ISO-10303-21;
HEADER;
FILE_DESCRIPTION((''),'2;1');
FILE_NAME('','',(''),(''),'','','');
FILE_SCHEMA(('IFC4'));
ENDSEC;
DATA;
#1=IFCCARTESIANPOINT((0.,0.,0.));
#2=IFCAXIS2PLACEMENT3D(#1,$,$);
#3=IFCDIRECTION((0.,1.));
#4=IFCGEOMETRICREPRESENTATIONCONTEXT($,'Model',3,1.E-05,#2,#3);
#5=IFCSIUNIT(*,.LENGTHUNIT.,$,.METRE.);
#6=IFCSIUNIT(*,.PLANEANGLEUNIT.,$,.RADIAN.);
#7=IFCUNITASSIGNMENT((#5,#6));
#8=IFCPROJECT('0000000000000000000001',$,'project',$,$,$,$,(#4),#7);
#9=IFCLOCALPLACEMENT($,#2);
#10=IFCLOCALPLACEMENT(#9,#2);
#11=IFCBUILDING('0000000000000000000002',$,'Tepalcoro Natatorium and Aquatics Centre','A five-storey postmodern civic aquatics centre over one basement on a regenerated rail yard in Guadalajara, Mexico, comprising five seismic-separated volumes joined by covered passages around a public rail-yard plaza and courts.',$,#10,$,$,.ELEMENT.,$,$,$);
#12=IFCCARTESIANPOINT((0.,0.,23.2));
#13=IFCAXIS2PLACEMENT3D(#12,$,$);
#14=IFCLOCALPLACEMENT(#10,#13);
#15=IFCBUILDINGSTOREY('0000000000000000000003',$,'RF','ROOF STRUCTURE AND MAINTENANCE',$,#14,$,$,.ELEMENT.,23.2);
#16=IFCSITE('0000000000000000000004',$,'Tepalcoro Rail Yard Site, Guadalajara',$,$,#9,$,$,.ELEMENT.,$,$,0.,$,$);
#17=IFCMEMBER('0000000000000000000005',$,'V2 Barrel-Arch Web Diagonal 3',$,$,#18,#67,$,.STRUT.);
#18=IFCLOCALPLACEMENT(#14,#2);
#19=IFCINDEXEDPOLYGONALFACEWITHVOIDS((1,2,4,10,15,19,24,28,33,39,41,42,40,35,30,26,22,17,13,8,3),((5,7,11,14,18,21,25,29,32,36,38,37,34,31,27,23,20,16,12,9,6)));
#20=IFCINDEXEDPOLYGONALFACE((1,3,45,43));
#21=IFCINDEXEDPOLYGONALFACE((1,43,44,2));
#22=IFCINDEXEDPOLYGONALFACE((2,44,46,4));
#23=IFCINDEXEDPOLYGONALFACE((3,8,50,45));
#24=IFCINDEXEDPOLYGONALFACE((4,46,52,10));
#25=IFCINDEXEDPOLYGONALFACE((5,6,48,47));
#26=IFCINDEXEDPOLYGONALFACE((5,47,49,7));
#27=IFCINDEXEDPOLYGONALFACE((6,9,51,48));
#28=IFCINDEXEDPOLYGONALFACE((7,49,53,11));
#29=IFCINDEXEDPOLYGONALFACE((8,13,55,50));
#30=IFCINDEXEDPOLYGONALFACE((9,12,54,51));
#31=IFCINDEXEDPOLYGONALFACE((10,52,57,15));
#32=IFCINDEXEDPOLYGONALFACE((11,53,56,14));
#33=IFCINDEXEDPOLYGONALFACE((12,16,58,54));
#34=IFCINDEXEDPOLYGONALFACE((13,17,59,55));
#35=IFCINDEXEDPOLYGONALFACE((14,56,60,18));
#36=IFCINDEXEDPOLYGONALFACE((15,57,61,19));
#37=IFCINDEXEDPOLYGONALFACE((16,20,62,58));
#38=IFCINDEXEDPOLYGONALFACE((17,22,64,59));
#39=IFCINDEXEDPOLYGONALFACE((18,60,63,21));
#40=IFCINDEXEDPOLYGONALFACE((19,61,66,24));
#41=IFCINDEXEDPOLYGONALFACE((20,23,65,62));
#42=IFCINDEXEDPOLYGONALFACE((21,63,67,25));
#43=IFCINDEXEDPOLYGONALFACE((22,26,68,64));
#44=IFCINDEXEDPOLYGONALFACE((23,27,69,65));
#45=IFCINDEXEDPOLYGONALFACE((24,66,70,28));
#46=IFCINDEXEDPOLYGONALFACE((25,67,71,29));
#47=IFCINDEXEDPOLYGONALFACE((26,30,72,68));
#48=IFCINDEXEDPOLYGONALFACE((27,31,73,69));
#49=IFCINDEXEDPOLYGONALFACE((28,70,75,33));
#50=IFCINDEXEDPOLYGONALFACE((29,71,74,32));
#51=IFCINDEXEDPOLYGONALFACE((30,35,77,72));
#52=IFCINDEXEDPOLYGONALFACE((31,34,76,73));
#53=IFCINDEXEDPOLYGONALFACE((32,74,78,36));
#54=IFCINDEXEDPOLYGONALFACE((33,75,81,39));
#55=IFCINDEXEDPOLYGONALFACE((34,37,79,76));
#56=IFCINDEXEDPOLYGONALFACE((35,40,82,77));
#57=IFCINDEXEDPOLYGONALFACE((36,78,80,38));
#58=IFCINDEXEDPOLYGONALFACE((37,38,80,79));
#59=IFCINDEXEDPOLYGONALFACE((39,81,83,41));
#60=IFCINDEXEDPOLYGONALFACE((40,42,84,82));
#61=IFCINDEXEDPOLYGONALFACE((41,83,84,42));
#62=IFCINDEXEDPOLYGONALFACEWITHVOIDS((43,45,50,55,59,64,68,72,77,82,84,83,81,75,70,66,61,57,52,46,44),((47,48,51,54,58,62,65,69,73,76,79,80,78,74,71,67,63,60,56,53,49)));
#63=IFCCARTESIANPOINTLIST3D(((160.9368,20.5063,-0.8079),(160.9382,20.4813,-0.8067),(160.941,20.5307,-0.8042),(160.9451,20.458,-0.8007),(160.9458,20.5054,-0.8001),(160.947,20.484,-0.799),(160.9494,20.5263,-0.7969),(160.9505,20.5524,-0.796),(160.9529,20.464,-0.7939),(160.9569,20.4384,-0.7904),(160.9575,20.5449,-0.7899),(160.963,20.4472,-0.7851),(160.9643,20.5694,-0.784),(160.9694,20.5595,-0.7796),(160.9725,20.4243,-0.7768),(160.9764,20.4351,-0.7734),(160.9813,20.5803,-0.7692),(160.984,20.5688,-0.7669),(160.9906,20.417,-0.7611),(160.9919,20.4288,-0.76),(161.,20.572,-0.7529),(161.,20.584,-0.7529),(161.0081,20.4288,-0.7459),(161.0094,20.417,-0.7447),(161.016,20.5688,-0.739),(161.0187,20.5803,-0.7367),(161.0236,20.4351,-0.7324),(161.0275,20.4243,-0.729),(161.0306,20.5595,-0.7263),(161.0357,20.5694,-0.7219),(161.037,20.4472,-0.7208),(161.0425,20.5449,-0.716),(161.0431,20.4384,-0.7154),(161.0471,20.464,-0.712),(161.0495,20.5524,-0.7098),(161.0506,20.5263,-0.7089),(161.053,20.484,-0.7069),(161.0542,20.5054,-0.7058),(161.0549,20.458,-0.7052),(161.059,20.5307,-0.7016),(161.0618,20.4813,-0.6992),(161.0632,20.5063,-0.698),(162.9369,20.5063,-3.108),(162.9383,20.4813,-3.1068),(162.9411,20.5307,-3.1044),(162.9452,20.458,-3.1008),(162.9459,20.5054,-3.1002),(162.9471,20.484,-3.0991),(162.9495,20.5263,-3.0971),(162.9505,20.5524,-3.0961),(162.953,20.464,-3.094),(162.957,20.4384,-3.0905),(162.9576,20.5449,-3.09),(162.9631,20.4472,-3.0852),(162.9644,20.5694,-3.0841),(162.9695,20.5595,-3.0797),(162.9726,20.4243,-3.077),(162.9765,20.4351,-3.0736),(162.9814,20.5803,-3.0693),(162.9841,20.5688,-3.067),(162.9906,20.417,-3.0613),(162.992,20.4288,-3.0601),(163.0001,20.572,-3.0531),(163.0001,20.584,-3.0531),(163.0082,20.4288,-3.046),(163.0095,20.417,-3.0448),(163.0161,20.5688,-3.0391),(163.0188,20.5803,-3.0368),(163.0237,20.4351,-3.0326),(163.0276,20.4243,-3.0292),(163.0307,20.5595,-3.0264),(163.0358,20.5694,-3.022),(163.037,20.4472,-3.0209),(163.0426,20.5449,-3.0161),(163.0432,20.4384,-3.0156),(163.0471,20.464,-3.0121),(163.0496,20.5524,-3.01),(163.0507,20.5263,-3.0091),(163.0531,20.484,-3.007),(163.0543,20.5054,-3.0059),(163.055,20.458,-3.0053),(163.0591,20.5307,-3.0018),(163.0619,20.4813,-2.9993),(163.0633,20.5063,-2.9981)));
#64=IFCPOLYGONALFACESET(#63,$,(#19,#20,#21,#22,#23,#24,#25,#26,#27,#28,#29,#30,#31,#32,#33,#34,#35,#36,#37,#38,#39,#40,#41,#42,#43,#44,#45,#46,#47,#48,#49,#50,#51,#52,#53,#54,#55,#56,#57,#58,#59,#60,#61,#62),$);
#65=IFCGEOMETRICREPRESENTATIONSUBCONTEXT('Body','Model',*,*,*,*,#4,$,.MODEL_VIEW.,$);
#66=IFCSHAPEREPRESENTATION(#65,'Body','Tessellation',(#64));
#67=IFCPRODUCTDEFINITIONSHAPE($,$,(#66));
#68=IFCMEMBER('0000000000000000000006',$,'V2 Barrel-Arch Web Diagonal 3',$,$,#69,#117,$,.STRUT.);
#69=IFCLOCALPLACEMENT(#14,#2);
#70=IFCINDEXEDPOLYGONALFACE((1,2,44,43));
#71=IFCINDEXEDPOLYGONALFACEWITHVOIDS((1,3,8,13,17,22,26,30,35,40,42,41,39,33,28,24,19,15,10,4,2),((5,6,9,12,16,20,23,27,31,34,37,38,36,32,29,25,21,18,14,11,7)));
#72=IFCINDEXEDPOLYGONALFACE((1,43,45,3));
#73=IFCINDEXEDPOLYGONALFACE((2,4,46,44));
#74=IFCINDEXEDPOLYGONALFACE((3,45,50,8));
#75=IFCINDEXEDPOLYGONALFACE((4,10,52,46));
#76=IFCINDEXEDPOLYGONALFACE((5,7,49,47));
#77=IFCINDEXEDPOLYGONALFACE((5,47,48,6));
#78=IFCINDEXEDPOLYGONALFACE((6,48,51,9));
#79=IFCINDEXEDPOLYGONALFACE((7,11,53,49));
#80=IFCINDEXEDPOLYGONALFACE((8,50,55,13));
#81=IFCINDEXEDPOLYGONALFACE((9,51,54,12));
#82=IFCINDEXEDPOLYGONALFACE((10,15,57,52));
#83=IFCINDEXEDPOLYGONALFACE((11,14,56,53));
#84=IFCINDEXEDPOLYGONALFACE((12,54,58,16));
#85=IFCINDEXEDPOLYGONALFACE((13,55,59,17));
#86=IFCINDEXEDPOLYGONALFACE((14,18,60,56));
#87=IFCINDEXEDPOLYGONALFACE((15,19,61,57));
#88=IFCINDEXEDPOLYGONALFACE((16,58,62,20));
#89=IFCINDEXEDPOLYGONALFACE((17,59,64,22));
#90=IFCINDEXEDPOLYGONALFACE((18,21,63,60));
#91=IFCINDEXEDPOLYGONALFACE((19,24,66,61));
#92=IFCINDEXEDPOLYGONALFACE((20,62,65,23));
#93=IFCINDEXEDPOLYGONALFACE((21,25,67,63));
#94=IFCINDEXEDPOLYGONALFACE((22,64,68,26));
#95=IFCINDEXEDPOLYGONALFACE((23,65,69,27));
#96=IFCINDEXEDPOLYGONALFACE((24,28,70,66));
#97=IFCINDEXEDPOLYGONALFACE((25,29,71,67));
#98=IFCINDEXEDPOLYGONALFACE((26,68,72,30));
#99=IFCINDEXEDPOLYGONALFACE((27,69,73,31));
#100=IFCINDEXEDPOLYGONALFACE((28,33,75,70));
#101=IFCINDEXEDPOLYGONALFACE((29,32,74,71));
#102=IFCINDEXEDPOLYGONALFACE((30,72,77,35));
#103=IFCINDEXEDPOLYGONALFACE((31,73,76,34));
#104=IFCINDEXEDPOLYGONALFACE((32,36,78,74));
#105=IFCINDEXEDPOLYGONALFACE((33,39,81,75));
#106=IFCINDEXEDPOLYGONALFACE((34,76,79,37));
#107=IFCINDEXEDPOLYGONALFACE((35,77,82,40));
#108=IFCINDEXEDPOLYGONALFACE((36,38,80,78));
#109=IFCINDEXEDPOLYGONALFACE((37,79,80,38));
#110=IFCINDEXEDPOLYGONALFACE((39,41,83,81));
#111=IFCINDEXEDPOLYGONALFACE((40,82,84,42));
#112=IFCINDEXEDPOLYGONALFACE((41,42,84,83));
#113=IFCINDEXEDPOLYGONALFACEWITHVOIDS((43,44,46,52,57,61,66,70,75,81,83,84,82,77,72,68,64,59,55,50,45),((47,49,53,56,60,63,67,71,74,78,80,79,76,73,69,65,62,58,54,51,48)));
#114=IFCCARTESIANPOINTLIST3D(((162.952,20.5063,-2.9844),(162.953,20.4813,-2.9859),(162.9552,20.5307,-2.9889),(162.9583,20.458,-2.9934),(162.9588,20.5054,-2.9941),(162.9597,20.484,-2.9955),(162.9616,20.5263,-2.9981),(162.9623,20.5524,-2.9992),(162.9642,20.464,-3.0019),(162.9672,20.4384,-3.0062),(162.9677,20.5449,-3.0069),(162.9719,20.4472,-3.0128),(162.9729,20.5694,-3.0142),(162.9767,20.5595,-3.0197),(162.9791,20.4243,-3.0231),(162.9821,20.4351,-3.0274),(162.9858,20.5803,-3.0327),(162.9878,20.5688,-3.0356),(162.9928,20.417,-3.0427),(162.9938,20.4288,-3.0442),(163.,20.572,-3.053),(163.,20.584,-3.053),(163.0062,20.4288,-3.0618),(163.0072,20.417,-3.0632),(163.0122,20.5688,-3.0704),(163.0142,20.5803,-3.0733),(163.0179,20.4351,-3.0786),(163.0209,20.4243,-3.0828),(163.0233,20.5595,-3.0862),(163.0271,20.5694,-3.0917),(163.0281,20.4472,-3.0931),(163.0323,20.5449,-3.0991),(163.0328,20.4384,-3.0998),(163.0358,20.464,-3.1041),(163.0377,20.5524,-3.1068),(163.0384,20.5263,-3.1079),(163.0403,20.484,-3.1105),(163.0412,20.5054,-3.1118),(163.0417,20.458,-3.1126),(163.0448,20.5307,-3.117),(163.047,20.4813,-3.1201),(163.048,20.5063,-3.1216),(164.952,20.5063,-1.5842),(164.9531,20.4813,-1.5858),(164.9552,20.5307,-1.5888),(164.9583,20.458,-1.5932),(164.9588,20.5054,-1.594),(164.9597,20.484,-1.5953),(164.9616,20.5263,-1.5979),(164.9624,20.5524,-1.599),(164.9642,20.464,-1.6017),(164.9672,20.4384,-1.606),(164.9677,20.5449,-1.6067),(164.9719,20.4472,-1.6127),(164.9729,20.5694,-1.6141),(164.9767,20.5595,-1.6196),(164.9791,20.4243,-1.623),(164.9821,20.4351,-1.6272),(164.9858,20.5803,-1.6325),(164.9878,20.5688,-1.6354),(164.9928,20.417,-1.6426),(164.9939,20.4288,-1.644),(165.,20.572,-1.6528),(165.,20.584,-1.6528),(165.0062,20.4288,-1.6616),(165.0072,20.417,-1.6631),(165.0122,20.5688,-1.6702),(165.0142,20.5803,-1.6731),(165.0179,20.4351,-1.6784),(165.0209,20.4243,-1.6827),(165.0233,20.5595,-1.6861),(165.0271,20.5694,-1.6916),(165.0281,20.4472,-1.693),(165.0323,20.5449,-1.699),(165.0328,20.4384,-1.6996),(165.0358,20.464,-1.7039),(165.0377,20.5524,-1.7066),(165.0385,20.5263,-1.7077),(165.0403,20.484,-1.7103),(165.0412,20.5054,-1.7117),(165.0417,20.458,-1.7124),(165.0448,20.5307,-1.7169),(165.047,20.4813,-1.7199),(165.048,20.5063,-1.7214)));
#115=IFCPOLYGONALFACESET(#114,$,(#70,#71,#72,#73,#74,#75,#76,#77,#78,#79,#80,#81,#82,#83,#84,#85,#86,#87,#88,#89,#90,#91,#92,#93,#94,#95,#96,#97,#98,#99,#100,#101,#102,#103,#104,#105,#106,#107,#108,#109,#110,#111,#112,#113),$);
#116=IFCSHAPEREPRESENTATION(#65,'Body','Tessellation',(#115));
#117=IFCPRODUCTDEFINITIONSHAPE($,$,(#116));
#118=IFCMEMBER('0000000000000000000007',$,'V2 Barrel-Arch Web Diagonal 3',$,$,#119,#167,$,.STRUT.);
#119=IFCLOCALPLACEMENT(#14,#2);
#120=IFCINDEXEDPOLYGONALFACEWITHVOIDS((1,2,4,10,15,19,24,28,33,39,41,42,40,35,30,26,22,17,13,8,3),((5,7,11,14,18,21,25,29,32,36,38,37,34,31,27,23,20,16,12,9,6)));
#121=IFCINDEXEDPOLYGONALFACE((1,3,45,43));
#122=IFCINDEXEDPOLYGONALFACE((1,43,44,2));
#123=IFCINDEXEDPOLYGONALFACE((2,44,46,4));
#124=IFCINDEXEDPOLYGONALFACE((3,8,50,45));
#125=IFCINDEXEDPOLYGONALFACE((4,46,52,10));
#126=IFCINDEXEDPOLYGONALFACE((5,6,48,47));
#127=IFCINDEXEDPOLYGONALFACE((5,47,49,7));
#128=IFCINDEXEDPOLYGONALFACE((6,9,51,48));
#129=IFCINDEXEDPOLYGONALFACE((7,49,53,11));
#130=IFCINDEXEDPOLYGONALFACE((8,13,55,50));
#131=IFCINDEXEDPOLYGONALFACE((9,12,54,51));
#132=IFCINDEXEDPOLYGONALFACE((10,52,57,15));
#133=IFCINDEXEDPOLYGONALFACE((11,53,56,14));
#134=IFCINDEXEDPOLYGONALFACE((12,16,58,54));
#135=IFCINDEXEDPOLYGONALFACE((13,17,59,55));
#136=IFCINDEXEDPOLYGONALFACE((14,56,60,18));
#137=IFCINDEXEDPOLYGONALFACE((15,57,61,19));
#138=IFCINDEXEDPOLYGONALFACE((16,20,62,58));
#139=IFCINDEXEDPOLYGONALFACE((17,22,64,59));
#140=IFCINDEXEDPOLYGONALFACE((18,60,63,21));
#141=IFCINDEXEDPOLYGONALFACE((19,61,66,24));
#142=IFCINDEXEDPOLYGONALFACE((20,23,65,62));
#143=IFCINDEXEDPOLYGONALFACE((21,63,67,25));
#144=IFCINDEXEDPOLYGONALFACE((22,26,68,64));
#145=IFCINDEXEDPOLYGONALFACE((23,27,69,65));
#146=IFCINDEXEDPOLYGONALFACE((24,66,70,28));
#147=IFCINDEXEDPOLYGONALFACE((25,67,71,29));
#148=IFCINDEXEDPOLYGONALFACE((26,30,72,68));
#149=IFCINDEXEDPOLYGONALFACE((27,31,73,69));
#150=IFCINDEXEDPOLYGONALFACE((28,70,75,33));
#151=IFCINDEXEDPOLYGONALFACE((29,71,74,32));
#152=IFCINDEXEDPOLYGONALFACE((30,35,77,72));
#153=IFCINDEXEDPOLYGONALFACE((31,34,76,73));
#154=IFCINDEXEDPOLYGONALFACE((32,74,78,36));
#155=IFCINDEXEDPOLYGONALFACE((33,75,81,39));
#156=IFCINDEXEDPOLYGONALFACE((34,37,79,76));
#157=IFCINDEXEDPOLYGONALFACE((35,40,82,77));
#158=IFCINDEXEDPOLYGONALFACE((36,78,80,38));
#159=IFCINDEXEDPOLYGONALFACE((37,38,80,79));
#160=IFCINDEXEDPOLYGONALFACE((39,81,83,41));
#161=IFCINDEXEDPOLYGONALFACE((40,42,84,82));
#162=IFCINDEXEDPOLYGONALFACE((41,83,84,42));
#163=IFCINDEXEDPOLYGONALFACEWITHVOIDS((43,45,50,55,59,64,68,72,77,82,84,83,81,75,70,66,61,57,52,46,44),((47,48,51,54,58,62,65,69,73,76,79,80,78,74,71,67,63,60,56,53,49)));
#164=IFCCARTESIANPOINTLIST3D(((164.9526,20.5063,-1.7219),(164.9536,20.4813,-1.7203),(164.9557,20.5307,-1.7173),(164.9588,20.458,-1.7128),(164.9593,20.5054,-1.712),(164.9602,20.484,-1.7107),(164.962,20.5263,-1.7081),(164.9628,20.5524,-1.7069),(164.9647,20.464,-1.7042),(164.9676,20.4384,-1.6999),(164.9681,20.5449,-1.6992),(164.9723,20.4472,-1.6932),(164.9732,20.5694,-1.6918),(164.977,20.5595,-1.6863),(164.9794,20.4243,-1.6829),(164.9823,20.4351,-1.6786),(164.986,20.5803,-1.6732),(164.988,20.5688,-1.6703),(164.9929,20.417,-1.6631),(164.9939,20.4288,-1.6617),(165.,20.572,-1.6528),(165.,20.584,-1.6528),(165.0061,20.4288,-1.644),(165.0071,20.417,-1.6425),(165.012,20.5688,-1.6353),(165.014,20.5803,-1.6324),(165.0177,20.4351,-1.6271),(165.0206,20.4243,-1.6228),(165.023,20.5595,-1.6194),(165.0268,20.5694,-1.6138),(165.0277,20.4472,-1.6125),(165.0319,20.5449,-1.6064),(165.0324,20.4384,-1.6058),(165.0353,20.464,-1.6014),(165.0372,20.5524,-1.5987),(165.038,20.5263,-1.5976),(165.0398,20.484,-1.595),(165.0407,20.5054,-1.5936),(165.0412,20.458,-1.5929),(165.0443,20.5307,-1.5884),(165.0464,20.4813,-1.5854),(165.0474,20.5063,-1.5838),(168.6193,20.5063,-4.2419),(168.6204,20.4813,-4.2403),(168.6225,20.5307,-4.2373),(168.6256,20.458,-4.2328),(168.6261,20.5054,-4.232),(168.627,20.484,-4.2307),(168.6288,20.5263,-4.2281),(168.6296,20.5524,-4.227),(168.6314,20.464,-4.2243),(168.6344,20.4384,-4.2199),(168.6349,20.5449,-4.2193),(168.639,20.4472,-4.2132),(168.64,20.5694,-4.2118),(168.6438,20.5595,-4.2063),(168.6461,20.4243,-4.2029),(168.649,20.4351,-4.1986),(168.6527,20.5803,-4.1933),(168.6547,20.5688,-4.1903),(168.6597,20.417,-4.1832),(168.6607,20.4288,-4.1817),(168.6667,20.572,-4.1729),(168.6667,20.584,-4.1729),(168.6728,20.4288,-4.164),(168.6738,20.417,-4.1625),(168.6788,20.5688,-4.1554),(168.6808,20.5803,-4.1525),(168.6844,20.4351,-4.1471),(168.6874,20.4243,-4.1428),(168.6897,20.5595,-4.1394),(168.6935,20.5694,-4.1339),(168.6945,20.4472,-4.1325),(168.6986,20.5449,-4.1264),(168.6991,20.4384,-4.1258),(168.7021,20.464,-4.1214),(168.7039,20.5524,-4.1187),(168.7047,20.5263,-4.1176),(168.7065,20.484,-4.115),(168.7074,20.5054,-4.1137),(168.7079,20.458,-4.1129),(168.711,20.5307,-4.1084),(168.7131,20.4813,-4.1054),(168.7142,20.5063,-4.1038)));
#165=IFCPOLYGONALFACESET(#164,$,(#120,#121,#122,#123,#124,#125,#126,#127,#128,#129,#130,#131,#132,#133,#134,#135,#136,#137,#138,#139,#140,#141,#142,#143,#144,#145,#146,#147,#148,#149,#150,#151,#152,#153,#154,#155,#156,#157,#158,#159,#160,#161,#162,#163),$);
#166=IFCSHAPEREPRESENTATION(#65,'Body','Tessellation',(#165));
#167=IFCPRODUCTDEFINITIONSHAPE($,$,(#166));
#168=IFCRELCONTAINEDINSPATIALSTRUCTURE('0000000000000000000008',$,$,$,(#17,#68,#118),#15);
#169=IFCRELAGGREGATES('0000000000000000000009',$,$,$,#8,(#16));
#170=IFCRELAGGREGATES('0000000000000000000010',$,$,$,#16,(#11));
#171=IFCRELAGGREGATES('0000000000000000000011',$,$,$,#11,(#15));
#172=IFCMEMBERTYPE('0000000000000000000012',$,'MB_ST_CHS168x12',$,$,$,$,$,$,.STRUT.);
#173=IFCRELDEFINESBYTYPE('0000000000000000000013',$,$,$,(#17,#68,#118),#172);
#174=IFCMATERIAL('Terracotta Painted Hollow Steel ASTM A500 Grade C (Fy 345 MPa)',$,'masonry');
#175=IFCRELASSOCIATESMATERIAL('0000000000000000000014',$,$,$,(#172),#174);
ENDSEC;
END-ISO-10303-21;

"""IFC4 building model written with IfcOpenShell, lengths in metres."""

from ifc_helpers import new_model, si_unit, direction, frame, origin, origin_2d, place, context, subcontext, project, spatial, hollow_circle, extrude, material, material_profile, profile_set, type_object, element, save


model = new_model("IFC4")

# Units and contexts
model_context = context("Model", 3, precision=1e-05, world=origin(), true_north=direction((0.0, 1.0)))
body_context = subcontext(model_context, "Body", "Model", "MODEL_VIEW")
ifc_project = project(units=[si_unit("LENGTHUNIT", "METRE"), si_unit("PLANEANGLEUNIT", "RADIAN")], contexts=[model_context])

# Site, building, storey
site_placement = place(None, origin())
site = spatial("IfcSite", under=ifc_project, at=site_placement, Name="Tepalcoro Rail Yard Site, Guadalajara", CompositionType="ELEMENT", RefElevation=0.0)
building_placement = place(site_placement, origin())
building = spatial("IfcBuilding", under=site, at=building_placement, Name="Tepalcoro Natatorium and Aquatics Centre", Description="A five-storey postmodern civic aquatics centre over one basement on a regenerated rail yard in Guadalajara, Mexico, comprising five seismic-separated volumes joined by covered passages around a public rail-yard plaza and courts.", CompositionType="ELEMENT")
storey_placement = place(building_placement, frame((0.0, 0.0, 23.2)))
storey = spatial("IfcBuildingStorey", under=building, at=storey_placement, Name="RF", Description="ROOF STRUCTURE AND MAINTENANCE", CompositionType="ELEMENT", Elevation=23.2)

# Shared definitions
ifc_material_1 = material(Name="Terracotta Painted Hollow Steel ASTM A500 Grade C (Fy 345 MPa)", Category="masonry")

# Members
ifc_material_profile_1 = material_profile(ifc_material_1, hollow_circle(Radius=0.084, WallThickness=0.012, at=origin_2d()), Name="CHS168X12")
ifc_profile_set_1 = profile_set([ifc_material_profile_1], Name="Terracotta Painted Hollow Steel ASTM A500 Grade C (Fy 345 MPa)")
member_type_1 = type_object("IfcMemberType", Name="MB_ST_CHS168x12", PredefinedType="STRUT", material=ifc_profile_set_1)
member_1_placement = place(storey_placement, frame((161.0, 20.5, -0.7529), z_axis=(0.656171, 0.0, -0.754612), x_axis=(0.0, 1.0, 0.0)))
element("IfcMember", 1, at=member_1_placement, inside=storey, type_object=member_type_1, Name="V2 Barrel-Arch Web Diagonal 3", PredefinedType="STRUT", context=body_context, shape_type="SweptSolid", body=[
    extrude(hollow_circle(Radius=0.084, WallThickness=0.012, at=origin_2d()), origin(), (0.0, 0.0, 1.0), 3.0481),
])
member_2_placement = place(storey_placement, frame((163.0, 20.5, -3.053), z_axis=(0.819204, 0.0, 0.573503), x_axis=(0.0, 1.0, 0.0)))
element("IfcMember", 2, at=member_2_placement, inside=storey, type_object=member_type_1, Name="V2 Barrel-Arch Web Diagonal 3", PredefinedType="STRUT", context=body_context, shape_type="SweptSolid", body=[
    extrude(hollow_circle(Radius=0.084, WallThickness=0.012, at=origin_2d()), origin(), (0.0, 0.0, 1.0), 2.4414),
])
member_3_placement = place(storey_placement, frame((165.0, 20.5, -1.6528), z_axis=(0.824133, 0.0, -0.566396), x_axis=(0.0, 1.0, 0.0)))
element("IfcMember", 3, at=member_3_placement, inside=storey, type_object=member_type_1, Name="V2 Barrel-Arch Web Diagonal 3", PredefinedType="STRUT", context=body_context, shape_type="SweptSolid", body=[
    extrude(hollow_circle(Radius=0.084, WallThickness=0.012, at=origin_2d()), origin(), (0.0, 0.0, 1.0), 4.4492),
])

save(model, "model.ifc")
